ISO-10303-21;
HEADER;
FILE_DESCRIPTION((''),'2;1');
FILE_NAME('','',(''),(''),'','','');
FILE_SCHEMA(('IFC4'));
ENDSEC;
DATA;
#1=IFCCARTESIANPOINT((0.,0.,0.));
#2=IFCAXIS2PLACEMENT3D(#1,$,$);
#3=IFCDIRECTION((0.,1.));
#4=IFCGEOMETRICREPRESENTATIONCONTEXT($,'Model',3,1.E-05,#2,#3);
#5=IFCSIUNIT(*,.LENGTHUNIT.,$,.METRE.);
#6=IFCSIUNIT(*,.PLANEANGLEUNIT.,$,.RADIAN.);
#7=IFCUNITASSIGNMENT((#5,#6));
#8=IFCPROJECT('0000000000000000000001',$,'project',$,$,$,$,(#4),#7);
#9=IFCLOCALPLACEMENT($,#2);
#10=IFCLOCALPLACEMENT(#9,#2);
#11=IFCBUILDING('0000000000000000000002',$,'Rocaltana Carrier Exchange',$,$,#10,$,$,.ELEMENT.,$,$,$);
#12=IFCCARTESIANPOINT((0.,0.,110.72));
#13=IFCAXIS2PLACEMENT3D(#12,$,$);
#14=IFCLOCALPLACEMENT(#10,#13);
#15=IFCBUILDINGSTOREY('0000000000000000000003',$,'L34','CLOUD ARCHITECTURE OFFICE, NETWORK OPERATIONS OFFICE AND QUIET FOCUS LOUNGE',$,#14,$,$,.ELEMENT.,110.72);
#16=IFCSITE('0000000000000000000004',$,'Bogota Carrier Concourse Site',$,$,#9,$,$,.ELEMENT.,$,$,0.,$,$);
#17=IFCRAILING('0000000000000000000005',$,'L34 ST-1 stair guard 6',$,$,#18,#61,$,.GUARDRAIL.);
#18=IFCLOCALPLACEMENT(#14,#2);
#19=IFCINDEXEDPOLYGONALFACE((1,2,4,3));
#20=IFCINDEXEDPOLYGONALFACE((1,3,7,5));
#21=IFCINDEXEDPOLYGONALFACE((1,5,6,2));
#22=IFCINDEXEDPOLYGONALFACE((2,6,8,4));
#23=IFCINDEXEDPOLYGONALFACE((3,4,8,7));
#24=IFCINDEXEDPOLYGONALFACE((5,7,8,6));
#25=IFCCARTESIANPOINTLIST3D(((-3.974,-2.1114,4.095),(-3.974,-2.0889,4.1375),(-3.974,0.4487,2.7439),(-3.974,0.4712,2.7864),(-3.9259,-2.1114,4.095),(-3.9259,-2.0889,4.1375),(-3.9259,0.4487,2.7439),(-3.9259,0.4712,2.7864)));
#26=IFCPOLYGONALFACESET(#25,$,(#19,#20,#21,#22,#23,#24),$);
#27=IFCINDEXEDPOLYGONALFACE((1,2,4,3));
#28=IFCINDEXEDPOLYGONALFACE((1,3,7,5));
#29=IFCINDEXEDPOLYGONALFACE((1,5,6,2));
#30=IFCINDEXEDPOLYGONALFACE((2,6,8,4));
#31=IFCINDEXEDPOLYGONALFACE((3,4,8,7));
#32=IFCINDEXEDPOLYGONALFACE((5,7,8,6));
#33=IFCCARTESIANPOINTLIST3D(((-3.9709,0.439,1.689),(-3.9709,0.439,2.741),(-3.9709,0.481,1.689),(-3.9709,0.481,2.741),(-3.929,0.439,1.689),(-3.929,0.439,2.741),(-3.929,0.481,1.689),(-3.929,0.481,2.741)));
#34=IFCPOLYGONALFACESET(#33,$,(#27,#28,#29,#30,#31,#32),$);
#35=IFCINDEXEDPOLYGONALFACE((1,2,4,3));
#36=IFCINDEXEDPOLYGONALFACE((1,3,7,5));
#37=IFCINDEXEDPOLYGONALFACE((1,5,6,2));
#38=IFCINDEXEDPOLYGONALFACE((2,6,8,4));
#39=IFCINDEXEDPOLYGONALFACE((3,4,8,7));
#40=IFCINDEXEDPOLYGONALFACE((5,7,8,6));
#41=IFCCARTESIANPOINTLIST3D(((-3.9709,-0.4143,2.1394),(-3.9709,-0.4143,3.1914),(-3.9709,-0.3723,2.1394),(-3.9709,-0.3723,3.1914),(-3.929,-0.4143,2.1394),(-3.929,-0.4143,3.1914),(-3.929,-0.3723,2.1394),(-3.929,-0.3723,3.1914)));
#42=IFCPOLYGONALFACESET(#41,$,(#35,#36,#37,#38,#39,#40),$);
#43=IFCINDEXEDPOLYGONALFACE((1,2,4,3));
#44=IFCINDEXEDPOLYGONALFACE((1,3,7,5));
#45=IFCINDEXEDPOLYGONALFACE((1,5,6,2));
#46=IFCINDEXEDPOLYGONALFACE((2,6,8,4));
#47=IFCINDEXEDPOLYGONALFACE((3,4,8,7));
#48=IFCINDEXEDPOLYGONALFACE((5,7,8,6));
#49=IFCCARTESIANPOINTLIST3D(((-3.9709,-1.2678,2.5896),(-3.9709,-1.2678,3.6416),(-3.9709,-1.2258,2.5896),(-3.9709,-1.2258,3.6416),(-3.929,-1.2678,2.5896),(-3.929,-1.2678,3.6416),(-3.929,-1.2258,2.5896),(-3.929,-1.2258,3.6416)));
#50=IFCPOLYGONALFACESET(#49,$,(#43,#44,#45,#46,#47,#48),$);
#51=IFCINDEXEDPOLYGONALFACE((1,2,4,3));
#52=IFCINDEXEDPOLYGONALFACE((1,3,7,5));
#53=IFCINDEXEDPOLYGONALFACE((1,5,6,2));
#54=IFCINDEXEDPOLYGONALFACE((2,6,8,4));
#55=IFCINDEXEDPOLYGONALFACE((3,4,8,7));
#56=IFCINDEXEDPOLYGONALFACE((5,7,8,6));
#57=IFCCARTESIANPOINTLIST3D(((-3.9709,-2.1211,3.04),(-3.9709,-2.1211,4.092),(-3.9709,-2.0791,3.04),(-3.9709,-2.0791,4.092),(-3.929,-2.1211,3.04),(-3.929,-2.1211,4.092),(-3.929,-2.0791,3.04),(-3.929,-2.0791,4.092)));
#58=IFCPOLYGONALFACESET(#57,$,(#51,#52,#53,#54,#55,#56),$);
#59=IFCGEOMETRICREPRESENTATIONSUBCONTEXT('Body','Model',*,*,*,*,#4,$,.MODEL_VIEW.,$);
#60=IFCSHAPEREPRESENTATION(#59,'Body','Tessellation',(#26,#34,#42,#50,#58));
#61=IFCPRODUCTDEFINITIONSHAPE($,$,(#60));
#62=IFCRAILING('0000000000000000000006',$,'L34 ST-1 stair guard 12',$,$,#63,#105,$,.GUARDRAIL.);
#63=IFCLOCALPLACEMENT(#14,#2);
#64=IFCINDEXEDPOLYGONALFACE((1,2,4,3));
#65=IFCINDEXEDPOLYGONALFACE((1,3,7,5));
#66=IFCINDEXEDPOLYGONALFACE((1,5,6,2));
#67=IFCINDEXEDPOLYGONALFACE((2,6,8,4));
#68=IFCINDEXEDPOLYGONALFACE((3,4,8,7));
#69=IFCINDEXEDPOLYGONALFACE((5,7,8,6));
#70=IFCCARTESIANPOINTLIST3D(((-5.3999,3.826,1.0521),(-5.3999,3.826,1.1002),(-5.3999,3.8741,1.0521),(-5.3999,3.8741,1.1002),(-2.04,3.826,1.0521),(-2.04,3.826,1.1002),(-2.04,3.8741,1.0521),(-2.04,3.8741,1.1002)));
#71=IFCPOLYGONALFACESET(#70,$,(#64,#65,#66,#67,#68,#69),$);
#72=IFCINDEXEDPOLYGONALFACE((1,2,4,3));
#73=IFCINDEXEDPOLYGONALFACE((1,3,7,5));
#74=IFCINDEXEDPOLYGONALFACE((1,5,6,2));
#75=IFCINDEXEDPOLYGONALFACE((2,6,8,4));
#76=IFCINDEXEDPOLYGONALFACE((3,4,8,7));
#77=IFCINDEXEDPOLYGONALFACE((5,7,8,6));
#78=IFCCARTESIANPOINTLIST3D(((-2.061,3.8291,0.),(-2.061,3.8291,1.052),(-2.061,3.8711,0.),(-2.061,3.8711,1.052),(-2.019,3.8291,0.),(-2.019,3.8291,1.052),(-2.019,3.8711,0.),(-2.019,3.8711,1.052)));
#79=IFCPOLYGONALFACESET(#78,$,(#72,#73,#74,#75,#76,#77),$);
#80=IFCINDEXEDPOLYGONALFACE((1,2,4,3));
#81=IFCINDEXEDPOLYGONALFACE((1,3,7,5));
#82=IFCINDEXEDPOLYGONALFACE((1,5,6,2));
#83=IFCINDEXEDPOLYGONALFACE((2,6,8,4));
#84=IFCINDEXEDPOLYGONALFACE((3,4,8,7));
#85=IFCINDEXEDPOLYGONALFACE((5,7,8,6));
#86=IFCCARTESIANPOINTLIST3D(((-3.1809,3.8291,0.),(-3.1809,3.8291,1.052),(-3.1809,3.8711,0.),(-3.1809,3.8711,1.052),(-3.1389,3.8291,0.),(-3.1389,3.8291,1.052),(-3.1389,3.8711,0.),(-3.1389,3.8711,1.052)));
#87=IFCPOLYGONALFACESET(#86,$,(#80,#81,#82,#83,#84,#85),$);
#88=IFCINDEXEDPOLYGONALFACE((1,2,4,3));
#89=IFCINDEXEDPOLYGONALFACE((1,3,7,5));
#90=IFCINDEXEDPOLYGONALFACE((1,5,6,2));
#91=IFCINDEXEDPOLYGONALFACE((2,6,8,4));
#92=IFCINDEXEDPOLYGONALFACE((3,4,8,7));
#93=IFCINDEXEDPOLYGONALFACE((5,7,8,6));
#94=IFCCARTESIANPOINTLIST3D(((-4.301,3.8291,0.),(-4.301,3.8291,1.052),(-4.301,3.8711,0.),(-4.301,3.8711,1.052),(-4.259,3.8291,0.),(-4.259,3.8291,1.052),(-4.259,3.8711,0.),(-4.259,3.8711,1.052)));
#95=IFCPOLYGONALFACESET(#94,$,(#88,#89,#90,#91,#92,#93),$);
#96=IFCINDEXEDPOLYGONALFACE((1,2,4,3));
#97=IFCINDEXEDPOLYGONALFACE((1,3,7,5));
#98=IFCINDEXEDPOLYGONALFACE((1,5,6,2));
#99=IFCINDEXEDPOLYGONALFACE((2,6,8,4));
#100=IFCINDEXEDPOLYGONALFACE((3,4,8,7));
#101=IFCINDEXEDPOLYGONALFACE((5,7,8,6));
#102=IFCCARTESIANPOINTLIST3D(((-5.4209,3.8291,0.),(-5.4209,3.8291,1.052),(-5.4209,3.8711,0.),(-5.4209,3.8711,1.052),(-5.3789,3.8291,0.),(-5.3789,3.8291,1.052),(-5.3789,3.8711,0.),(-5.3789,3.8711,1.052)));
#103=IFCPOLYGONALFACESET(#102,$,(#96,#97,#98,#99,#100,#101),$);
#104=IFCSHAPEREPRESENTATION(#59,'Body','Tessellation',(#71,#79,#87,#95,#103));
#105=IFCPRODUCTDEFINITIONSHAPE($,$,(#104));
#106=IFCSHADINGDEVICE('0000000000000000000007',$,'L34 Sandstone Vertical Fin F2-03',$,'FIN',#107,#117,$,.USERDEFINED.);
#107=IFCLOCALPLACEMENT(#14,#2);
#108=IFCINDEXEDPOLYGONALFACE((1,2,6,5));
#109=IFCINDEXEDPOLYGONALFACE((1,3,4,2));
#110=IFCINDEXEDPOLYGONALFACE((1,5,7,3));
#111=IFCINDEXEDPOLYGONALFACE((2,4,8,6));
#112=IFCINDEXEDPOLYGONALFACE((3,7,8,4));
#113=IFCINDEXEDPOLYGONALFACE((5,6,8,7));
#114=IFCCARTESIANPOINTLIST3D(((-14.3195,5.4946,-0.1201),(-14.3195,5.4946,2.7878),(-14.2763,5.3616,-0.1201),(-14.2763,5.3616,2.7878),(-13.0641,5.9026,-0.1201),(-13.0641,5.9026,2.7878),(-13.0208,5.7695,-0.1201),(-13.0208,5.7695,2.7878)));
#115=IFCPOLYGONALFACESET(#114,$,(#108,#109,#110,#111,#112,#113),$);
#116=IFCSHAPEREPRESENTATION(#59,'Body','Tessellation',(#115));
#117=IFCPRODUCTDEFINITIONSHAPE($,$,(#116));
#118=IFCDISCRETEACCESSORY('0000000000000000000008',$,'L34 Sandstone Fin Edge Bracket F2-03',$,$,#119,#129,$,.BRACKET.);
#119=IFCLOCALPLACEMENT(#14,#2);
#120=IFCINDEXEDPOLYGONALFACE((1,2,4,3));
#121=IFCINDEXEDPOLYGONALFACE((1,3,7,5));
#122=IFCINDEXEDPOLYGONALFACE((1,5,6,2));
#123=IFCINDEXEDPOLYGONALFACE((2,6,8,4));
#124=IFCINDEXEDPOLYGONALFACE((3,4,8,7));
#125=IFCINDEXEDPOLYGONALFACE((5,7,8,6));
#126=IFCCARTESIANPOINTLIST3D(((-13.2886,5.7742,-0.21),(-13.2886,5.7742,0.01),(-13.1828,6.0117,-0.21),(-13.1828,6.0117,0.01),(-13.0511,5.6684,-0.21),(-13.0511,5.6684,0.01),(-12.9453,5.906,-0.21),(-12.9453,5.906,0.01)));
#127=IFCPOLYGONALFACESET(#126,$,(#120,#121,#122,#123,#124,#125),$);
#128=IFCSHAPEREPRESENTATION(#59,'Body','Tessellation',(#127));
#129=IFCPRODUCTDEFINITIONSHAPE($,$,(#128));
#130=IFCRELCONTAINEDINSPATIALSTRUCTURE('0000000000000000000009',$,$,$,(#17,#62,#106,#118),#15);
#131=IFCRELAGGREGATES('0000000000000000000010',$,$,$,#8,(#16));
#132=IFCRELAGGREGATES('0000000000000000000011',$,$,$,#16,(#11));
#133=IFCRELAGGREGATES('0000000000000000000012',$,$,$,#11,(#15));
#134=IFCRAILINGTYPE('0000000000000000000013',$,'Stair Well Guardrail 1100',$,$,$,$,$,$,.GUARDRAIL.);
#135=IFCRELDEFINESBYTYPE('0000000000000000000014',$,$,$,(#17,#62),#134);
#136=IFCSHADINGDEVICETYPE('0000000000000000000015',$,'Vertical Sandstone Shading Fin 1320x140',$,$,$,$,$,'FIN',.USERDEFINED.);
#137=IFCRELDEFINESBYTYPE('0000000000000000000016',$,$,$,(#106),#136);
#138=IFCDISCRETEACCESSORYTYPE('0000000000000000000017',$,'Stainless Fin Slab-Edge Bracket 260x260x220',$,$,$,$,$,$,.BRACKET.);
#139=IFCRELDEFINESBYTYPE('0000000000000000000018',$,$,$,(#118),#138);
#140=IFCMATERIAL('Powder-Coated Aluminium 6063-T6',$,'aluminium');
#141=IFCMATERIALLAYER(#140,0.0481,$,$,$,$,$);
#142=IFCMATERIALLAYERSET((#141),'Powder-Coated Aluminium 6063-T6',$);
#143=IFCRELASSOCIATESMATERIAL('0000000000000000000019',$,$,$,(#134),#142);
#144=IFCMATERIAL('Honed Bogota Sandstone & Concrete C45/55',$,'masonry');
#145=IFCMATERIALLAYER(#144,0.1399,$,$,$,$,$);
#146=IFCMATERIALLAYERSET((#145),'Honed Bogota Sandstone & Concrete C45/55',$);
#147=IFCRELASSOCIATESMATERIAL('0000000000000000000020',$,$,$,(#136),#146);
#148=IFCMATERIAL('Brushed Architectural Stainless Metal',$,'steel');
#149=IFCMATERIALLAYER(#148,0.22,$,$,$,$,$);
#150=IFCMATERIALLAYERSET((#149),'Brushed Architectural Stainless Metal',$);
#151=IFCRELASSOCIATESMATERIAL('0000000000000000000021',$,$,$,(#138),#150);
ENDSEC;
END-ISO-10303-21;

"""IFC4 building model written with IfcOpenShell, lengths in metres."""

from ifc_helpers import new_model, si_unit, direction, frame, origin, origin_2d, place, context, subcontext, project, spatial, rectangle, extrude, material, layer, layer_set, type_object, element, save


model = new_model("IFC4")

# Units and contexts
model_context = context("Model", 3, precision=1e-05, world=origin(), true_north=direction((0.0, 1.0)))
body_context = subcontext(model_context, "Body", "Model", "MODEL_VIEW")
ifc_project = project(units=[si_unit("LENGTHUNIT", "METRE"), si_unit("PLANEANGLEUNIT", "RADIAN")], contexts=[model_context])

# Site, building, storey
site_placement = place(None, origin())
site = spatial("IfcSite", under=ifc_project, at=site_placement, Name="Bogota Carrier Concourse Site", CompositionType="ELEMENT", RefElevation=0.0)
building_placement = place(site_placement, origin())
building = spatial("IfcBuilding", under=site, at=building_placement, Name="Rocaltana Carrier Exchange", CompositionType="ELEMENT")
storey_placement = place(building_placement, frame((0.0, 0.0, 110.72)))
storey = spatial("IfcBuildingStorey", under=building, at=storey_placement, Name="L34", Description="CLOUD ARCHITECTURE OFFICE, NETWORK OPERATIONS OFFICE AND QUIET FOCUS LOUNGE", CompositionType="ELEMENT", Elevation=110.72)

# Railings
ifc_material_1 = material(Name="Powder-Coated Aluminium 6063-T6", Category="aluminium")
ifc_layer_1 = layer(ifc_material_1, 0.0481)
ifc_layer_set_1 = layer_set([ifc_layer_1], Name="Powder-Coated Aluminium 6063-T6")
railing_type_1 = type_object("IfcRailingType", Name="Stair Well Guardrail 1100", PredefinedType="GUARDRAIL", material=ifc_layer_set_1)
railing_1_placement = place(storey_placement, frame((-3.95, 0.46, 1.689)))
element("IfcRailing", 1, at=railing_1_placement, inside=storey, type_object=railing_type_1, Name="L34 ST-1 stair guard 6", PredefinedType="GUARDRAIL", context=body_context, shape_type="SweptSolid", body=[
    extrude(rectangle(XDim=0.0481, YDim=0.0481, at=origin_2d()), frame((0.0, 0.0, 1.0762), z_axis=(0.0, -0.884394, 0.46674), x_axis=(1.0, 0.0, 0.0)), (0.0, 0.0, 1.0), 2.8948),
    extrude(rectangle(XDim=0.042, YDim=0.042, at=origin_2d()), origin(), (0.0, 0.0, 1.0), 1.052),
    extrude(rectangle(XDim=0.042, YDim=0.042, at=origin_2d()), frame((0.0, -0.8533, 0.4504)), (0.0, 0.0, 1.0), 1.052),
    extrude(rectangle(XDim=0.042, YDim=0.042, at=origin_2d()), frame((0.0, -1.7068, 0.9006)), (0.0, 0.0, 1.0), 1.052),
    extrude(rectangle(XDim=0.042, YDim=0.042, at=origin_2d()), frame((0.0, -2.5601, 1.3511)), (0.0, 0.0, 1.0), 1.052),
])
railing_2_placement = place(storey_placement, frame((-2.04, 3.8501, 0.0)))
element("IfcRailing", 2, at=railing_2_placement, inside=storey, type_object=railing_type_1, Name="L34 ST-1 stair guard 12", PredefinedType="GUARDRAIL", context=body_context, shape_type="SweptSolid", body=[
    extrude(rectangle(XDim=0.0481, YDim=0.0481, at=origin_2d()), frame((0.0, 0.0, 1.0762), z_axis=(-1.0, 0.0, 0.0), x_axis=(0.0, -1.0, 0.0)), (0.0, 0.0, 1.0), 3.3599),
    extrude(rectangle(XDim=0.042, YDim=0.042, at=origin_2d()), origin(), (0.0, 0.0, 1.0), 1.052),
    extrude(rectangle(XDim=0.042, YDim=0.042, at=origin_2d()), frame((-1.1199, 0.0, 0.0)), (0.0, 0.0, 1.0), 1.052),
    extrude(rectangle(XDim=0.042, YDim=0.042, at=origin_2d()), frame((-2.24, 0.0, 0.0)), (0.0, 0.0, 1.0), 1.052),
    extrude(rectangle(XDim=0.042, YDim=0.042, at=origin_2d()), frame((-3.3599, 0.0, 0.0)), (0.0, 0.0, 1.0), 1.052),
])

# Shading device
ifc_material_2 = material(Name="Honed Bogota Sandstone & Concrete C45/55", Category="masonry")
ifc_layer_2 = layer(ifc_material_2, 0.1399)
ifc_layer_set_2 = layer_set([ifc_layer_2], Name="Honed Bogota Sandstone & Concrete C45/55")
shading_device_type = type_object("IfcShadingDeviceType", Name="Vertical Sandstone Shading Fin 1320x140", ElementType="FIN", PredefinedType="USERDEFINED", material=ifc_layer_set_2)
shading_device_placement = place(storey_placement, frame((-13.6702, 5.6321, -0.1201), z_axis=(0.0, 0.0, 1.0), x_axis=(-0.951057, -0.309017, 0.0)))
element("IfcShadingDevice", 3, at=shading_device_placement, inside=storey, type_object=shading_device_type, Name="L34 Sandstone Vertical Fin F2-03", ObjectType="FIN", PredefinedType="USERDEFINED", context=body_context, shape_type="SweptSolid", body=[
    extrude(rectangle(XDim=1.3201, YDim=0.1399, at=origin_2d()), origin(), (0.0, 0.0, 1.0), 2.908),
])

# Discrete accessory
ifc_material_3 = material(Name="Brushed Architectural Stainless Metal", Category="steel")
ifc_layer_3 = layer(ifc_material_3, 0.22)
ifc_layer_set_3 = layer_set([ifc_layer_3], Name="Brushed Architectural Stainless Metal")
discrete_accessory_type = type_object("IfcDiscreteAccessoryType", Name="Stainless Fin Slab-Edge Bracket 260x260x220", PredefinedType="BRACKET", material=ifc_layer_set_3)
discrete_accessory_placement = place(storey_placement, frame((-13.1169, 5.8401, -0.21), z_axis=(0.0, 0.0, 1.0), x_axis=(-0.406737, -0.913545, 0.0)))
element("IfcDiscreteAccessory", 4, at=discrete_accessory_placement, inside=storey, type_object=discrete_accessory_type, Name="L34 Sandstone Fin Edge Bracket F2-03", PredefinedType="BRACKET", context=body_context, shape_type="SweptSolid", body=[
    extrude(rectangle(XDim=0.26, YDim=0.26, at=origin_2d()), origin(), (0.0, 0.0, 1.0), 0.22),
])

save(model, "model.ifc")
